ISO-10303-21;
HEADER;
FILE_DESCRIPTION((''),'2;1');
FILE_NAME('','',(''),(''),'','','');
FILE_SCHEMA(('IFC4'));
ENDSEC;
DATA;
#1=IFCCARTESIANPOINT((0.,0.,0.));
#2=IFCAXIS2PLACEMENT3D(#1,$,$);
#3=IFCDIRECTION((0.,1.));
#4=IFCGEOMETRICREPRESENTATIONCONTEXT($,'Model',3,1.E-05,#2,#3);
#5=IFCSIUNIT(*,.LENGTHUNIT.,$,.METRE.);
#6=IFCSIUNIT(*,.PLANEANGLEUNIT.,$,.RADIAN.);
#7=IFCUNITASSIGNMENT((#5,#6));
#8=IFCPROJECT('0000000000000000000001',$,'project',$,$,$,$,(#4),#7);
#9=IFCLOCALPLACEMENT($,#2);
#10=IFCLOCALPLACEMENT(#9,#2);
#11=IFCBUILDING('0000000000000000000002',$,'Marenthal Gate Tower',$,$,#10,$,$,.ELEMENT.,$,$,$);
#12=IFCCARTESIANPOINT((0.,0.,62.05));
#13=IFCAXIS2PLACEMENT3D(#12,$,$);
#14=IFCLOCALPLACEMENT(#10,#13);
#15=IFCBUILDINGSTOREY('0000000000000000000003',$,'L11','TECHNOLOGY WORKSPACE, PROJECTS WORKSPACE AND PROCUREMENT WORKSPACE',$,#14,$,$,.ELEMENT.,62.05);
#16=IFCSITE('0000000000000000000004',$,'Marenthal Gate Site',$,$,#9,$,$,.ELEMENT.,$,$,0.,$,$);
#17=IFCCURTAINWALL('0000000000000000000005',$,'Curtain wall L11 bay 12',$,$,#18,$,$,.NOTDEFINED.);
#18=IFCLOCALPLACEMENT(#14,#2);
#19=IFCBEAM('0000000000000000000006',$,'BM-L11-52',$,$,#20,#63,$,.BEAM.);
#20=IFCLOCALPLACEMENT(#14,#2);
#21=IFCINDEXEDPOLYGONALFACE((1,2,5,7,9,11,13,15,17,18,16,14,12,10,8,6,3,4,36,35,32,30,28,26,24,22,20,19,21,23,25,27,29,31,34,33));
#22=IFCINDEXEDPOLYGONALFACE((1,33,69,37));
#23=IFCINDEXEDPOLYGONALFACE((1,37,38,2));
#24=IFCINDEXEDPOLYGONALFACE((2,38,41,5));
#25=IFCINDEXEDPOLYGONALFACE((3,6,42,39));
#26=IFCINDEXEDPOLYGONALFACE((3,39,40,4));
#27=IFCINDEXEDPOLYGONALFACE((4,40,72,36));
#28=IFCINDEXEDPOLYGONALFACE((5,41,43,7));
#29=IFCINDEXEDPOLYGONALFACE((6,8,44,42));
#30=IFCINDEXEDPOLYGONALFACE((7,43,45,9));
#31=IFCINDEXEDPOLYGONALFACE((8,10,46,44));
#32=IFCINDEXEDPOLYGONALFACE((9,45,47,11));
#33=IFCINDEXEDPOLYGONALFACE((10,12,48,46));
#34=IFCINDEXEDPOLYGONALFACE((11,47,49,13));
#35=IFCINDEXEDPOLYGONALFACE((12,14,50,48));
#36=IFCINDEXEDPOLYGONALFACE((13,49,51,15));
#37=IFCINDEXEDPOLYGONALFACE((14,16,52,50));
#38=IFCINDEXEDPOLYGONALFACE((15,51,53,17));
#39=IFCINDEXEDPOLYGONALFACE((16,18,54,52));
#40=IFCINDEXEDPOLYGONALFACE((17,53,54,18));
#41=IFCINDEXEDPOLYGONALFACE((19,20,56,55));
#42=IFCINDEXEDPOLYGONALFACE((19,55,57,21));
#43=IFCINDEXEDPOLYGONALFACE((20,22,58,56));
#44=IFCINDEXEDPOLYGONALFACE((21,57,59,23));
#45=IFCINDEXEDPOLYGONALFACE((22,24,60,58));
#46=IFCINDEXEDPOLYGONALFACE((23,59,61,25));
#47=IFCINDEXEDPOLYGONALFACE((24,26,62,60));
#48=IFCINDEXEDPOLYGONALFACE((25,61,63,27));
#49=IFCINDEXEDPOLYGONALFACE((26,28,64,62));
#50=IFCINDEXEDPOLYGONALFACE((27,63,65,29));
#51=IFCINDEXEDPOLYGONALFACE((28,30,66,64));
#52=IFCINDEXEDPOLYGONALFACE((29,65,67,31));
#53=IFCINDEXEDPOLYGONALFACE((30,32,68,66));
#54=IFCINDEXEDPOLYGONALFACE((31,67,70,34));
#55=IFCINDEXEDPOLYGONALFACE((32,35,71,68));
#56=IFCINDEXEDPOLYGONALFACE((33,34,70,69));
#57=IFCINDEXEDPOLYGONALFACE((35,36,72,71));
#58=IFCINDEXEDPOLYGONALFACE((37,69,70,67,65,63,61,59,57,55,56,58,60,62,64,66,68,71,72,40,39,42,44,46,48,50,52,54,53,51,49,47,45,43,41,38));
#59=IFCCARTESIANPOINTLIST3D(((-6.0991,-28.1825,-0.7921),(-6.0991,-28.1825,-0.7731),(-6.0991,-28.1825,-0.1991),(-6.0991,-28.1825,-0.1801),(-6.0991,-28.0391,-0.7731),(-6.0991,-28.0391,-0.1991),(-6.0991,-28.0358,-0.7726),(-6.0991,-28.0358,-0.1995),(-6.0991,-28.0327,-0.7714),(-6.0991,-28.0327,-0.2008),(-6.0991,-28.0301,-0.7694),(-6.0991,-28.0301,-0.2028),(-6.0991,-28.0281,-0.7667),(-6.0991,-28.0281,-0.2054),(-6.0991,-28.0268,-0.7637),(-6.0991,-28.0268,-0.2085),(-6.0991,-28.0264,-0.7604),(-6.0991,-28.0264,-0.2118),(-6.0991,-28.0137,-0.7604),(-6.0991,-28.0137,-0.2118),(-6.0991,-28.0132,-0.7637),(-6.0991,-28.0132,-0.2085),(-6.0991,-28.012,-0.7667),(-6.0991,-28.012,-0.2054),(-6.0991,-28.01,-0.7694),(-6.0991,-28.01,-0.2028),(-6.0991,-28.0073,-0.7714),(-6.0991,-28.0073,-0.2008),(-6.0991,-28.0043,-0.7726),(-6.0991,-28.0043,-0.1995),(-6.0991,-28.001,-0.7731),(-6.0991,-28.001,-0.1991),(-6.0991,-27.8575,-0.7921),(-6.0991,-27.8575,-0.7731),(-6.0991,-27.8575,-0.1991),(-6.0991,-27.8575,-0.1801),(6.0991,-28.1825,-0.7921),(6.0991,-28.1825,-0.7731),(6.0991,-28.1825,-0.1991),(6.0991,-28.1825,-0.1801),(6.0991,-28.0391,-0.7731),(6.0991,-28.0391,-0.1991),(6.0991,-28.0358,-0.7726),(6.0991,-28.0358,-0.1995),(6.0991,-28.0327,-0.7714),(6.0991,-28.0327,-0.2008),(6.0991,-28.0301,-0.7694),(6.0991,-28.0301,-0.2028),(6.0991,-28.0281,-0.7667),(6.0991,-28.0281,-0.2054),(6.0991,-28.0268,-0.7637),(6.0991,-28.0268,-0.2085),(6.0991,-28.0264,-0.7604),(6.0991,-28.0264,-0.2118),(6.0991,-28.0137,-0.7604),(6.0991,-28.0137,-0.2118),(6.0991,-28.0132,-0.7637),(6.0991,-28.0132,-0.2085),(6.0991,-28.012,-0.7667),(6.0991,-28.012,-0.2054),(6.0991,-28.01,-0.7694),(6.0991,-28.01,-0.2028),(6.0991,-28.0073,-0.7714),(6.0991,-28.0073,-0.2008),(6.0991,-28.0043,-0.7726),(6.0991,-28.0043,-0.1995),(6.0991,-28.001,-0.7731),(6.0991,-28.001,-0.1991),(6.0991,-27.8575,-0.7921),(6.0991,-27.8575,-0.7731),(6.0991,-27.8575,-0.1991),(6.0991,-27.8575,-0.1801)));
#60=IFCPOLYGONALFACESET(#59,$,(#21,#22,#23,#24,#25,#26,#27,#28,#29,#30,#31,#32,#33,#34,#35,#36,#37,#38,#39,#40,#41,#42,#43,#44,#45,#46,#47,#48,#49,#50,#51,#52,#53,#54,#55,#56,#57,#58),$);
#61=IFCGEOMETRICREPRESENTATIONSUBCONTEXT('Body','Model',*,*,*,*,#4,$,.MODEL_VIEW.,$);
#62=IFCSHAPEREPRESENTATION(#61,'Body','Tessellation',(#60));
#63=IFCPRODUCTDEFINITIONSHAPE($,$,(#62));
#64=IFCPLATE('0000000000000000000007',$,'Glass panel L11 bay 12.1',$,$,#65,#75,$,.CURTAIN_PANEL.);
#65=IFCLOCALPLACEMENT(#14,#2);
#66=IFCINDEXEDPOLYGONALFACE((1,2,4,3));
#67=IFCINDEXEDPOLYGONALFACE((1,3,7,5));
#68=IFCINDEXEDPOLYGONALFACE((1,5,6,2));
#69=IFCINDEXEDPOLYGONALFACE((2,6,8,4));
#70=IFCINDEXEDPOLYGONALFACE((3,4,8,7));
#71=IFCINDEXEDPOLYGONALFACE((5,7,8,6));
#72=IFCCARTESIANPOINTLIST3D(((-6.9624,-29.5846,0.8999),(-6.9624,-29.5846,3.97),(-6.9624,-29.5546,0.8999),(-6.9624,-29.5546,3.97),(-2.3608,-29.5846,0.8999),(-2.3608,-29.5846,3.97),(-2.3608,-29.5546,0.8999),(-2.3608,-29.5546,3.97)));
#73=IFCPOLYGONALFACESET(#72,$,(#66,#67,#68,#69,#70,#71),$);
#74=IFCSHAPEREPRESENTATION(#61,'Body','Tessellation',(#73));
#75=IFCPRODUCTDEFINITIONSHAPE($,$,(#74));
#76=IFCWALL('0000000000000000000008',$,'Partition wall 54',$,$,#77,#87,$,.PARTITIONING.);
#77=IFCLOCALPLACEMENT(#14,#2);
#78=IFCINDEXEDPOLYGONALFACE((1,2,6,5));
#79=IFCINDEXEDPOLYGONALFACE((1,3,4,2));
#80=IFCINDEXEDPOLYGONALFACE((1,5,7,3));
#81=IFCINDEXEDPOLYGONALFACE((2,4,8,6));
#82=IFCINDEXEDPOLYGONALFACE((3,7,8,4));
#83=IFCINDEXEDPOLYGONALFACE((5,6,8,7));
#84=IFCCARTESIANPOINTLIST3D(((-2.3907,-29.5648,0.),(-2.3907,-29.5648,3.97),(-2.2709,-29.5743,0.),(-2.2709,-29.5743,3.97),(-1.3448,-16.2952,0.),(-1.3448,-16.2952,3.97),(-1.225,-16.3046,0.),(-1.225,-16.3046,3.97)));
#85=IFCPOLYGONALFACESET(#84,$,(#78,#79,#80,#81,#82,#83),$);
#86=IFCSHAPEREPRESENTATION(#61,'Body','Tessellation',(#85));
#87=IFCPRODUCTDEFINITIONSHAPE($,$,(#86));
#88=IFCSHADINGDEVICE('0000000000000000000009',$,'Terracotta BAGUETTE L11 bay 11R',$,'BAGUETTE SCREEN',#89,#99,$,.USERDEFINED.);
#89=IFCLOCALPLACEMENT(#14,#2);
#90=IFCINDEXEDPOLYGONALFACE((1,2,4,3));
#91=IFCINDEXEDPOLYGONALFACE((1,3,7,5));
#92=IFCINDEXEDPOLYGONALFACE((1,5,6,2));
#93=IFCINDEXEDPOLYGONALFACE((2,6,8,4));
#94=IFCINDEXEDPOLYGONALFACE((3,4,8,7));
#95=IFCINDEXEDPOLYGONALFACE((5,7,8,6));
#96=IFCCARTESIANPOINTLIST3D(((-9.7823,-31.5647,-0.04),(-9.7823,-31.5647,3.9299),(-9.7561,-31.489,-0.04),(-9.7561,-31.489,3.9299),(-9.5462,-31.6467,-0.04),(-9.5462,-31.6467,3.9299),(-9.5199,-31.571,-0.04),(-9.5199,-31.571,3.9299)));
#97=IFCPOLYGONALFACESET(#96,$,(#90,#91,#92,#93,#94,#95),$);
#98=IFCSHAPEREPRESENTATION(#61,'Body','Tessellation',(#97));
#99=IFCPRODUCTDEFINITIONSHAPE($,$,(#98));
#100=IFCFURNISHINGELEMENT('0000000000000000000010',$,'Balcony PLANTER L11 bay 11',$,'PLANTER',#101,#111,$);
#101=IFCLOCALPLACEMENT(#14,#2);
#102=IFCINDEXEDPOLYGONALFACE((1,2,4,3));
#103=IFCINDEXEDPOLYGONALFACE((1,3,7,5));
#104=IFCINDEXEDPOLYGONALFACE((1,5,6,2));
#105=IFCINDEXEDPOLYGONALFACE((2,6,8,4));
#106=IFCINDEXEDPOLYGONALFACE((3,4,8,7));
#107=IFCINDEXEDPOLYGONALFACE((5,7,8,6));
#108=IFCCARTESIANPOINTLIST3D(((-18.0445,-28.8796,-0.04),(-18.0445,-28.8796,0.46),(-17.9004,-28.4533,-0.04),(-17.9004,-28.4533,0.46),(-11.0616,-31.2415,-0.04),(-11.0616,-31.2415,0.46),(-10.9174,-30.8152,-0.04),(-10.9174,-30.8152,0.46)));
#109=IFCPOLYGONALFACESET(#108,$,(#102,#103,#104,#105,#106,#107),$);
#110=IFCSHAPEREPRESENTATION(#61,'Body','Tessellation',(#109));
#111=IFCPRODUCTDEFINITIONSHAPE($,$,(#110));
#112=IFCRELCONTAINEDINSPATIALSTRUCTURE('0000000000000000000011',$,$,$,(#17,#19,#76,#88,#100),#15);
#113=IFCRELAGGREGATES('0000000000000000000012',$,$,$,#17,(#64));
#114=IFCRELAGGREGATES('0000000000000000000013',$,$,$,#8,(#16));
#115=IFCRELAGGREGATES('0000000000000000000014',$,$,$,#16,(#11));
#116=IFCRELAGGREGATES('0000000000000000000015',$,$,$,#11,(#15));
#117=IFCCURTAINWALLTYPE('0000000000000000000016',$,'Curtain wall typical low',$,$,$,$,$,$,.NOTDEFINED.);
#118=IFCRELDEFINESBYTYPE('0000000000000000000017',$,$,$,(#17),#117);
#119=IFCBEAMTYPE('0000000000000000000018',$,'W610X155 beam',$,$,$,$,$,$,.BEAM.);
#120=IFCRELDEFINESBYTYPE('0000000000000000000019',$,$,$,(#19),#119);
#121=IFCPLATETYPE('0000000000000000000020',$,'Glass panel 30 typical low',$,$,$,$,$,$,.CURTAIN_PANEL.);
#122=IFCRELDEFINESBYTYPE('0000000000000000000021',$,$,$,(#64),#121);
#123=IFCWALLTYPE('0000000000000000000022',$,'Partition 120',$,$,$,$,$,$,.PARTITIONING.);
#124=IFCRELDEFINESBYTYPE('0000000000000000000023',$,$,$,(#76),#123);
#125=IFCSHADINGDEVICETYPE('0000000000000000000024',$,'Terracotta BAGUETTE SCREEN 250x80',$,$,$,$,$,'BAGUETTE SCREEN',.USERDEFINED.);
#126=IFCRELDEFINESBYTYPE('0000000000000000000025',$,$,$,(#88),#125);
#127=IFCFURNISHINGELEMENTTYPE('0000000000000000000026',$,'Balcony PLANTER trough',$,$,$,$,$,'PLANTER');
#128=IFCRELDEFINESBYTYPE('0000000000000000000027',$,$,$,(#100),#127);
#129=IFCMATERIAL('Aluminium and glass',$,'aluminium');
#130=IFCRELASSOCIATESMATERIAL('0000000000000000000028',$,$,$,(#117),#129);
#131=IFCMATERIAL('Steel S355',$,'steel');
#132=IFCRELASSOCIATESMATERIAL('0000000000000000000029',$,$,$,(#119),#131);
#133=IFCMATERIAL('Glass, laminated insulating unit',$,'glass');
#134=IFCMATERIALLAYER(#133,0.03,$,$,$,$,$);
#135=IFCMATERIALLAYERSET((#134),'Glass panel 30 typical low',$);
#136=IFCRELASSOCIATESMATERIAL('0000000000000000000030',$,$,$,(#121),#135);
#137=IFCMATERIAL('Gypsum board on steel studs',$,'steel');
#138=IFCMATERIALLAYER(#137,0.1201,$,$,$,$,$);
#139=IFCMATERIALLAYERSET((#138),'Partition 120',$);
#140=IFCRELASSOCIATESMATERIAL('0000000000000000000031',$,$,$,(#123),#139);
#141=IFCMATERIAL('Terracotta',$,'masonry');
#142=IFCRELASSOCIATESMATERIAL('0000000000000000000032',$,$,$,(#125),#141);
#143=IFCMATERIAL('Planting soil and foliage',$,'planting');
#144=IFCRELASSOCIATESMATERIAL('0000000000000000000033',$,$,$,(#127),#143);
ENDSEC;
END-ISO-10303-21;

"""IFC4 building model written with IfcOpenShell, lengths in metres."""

from ifc_helpers import new_model, si_unit, direction, frame, frame_2d, origin, origin_2d, place, context, subcontext, project, spatial, rectangle, i_section, extrude, material, layer, layer_set, material_profile, profile_set, type_object, element, aggregate, save


model = new_model("IFC4")

# Units and contexts
model_context = context("Model", 3, precision=1e-05, world=origin(), true_north=direction((0.0, 1.0)))
body_context = subcontext(model_context, "Body", "Model", "MODEL_VIEW")
ifc_project = project(units=[si_unit("LENGTHUNIT", "METRE"), si_unit("PLANEANGLEUNIT", "RADIAN")], contexts=[model_context])

# Site, building, storey
site_placement = place(None, origin())
site = spatial("IfcSite", under=ifc_project, at=site_placement, Name="Marenthal Gate Site", CompositionType="ELEMENT", RefElevation=0.0)
building_placement = place(site_placement, origin())
building = spatial("IfcBuilding", under=site, at=building_placement, Name="Marenthal Gate Tower", CompositionType="ELEMENT")
storey_placement = place(building_placement, frame((0.0, 0.0, 62.05)))
storey = spatial("IfcBuildingStorey", under=building, at=storey_placement, Name="L11", Description="TECHNOLOGY WORKSPACE, PROJECTS WORKSPACE AND PROCUREMENT WORKSPACE", CompositionType="ELEMENT", Elevation=62.05)

# Curtain wall
ifc_material_1 = material(Name="Aluminium and glass", Category="aluminium")
curtain_wall_type = type_object("IfcCurtainWallType", Name="Curtain wall typical low", PredefinedType="NOTDEFINED", material=ifc_material_1)
curtain_wall_placement = place(storey_placement, origin())
curtain_wall = element("IfcCurtainWall", 1, at=curtain_wall_placement, inside=storey, type_object=curtain_wall_type, Name="Curtain wall L11 bay 12", PredefinedType="NOTDEFINED")

# Beam
ifc_material_2 = material(Name="Steel S355", Category="steel")
ifc_material_profile_1 = material_profile(ifc_material_2, i_section(OverallWidth=0.325, OverallDepth=0.6121, WebThickness=0.0127, FlangeThickness=0.019, FilletRadius=0.0127, at=origin_2d()), Name="W610X155")
ifc_profile_set_1 = profile_set([ifc_material_profile_1], Name="Steel S355")
beam_type_1 = type_object("IfcBeamType", Name="W610X155 beam", PredefinedType="BEAM", material=ifc_profile_set_1)
beam_1_placement = place(storey_placement, frame((-6.0991, -28.02, -0.4861), z_axis=(1.0, 0.0, 0.0), x_axis=(0.0, 1.0, 0.0)))
element("IfcBeam", 2, at=beam_1_placement, inside=storey, type_object=beam_type_1, Name="BM-L11-52", PredefinedType="BEAM", context=body_context, shape_type="SweptSolid", body=[
    extrude(i_section(OverallWidth=0.325, OverallDepth=0.6121, WebThickness=0.0127, FlangeThickness=0.019, FilletRadius=0.0127, at=origin_2d()), origin(), (0.0, 0.0, 1.0), 12.1982),
])

# Plate
ifc_material_3 = material(Name="Glass, laminated insulating unit", Category="glass")
ifc_layer_1 = layer(ifc_material_3, 0.03)
ifc_layer_set_1 = layer_set([ifc_layer_1], Name="Glass panel 30 typical low")
plate_type = type_object("IfcPlateType", Name="Glass panel 30 typical low", PredefinedType="CURTAIN_PANEL", material=ifc_layer_set_1)
plate_placement = place(storey_placement, frame((-4.6616, -29.5696, 0.8999), z_axis=(0.0, 0.0, 1.0), x_axis=(1.0, 0.0, 0.0)))
plate = element("IfcPlate", 3, at=plate_placement, type_object=plate_type, Name="Glass panel L11 bay 12.1", PredefinedType="CURTAIN_PANEL", context=body_context, shape_type="SweptSolid", body=[
    extrude(rectangle(XDim=4.6016, YDim=0.03, at=origin_2d()), origin(), (0.0, 0.0, 1.0), 3.0701),
])
aggregate(curtain_wall, [plate])

# Wall
ifc_material_4 = material(Name="Gypsum board on steel studs", Category="steel")
ifc_layer_2 = layer(ifc_material_4, 0.1201)
ifc_layer_set_2 = layer_set([ifc_layer_2], Name="Partition 120")
wall_type = type_object("IfcWallType", Name="Partition 120", PredefinedType="PARTITIONING", material=ifc_layer_set_2)
wall_placement = place(storey_placement, frame((-1.2849, -16.3, 0.0), z_axis=(0.0, 0.0, 1.0), x_axis=(-0.078576, -0.996908, 0.0)))
element("IfcWall", 4, at=wall_placement, inside=storey, type_object=wall_type, Name="Partition wall 54", PredefinedType="PARTITIONING", context=body_context, shape_type="SweptSolid", body=[
    extrude(rectangle(XDim=13.3108, YDim=0.1201, at=frame_2d((6.6553, 0.0))), origin(), (0.0, 0.0, 1.0), 3.97),
])

# Shading device
ifc_material_5 = material(Name="Terracotta", Category="masonry")
ifc_material_profile_2 = material_profile(ifc_material_5, rectangle(XDim=0.25, YDim=0.0801, at=origin_2d()), Name="Terracotta baguette 250x80")
ifc_profile_set_2 = profile_set([ifc_material_profile_2], Name="Terracotta")
shading_device_type = type_object("IfcShadingDeviceType", Name="Terracotta BAGUETTE SCREEN 250x80", ElementType="BAGUETTE SCREEN", PredefinedType="USERDEFINED", material=ifc_profile_set_2)
shading_device_placement = place(storey_placement, frame((-9.6511, -31.5679, -0.04), z_axis=(0.0, 0.0, 1.0), x_axis=(0.944672, -0.328016, 0.0)))
element("IfcShadingDevice", 5, at=shading_device_placement, inside=storey, type_object=shading_device_type, Name="Terracotta BAGUETTE L11 bay 11R", ObjectType="BAGUETTE SCREEN", PredefinedType="USERDEFINED", context=body_context, shape_type="SweptSolid", body=[
    extrude(rectangle(XDim=0.25, YDim=0.0801, at=origin_2d()), origin(), (0.0, 0.0, 1.0), 3.97),
])

# Furnishing element
ifc_material_6 = material(Name="Planting soil and foliage", Category="planting")
furnishing_element_type = type_object("IfcFurnishingElementType", Name="Balcony PLANTER trough", ElementType="PLANTER", material=ifc_material_6)
furnishing_placement = place(storey_placement, frame((-14.481, -29.8474, -0.04), z_axis=(0.0, 0.0, 1.0), x_axis=(0.94728, -0.320406, 0.0)))
element("IfcFurnishingElement", 6, at=furnishing_placement, inside=storey, type_object=furnishing_element_type, Name="Balcony PLANTER L11 bay 11", ObjectType="PLANTER", context=body_context, shape_type="SweptSolid", body=[
    extrude(rectangle(XDim=7.3716, YDim=0.45, at=origin_2d()), origin(), (0.0, 0.0, 1.0), 0.5),
])

save(model, "model.ifc")
